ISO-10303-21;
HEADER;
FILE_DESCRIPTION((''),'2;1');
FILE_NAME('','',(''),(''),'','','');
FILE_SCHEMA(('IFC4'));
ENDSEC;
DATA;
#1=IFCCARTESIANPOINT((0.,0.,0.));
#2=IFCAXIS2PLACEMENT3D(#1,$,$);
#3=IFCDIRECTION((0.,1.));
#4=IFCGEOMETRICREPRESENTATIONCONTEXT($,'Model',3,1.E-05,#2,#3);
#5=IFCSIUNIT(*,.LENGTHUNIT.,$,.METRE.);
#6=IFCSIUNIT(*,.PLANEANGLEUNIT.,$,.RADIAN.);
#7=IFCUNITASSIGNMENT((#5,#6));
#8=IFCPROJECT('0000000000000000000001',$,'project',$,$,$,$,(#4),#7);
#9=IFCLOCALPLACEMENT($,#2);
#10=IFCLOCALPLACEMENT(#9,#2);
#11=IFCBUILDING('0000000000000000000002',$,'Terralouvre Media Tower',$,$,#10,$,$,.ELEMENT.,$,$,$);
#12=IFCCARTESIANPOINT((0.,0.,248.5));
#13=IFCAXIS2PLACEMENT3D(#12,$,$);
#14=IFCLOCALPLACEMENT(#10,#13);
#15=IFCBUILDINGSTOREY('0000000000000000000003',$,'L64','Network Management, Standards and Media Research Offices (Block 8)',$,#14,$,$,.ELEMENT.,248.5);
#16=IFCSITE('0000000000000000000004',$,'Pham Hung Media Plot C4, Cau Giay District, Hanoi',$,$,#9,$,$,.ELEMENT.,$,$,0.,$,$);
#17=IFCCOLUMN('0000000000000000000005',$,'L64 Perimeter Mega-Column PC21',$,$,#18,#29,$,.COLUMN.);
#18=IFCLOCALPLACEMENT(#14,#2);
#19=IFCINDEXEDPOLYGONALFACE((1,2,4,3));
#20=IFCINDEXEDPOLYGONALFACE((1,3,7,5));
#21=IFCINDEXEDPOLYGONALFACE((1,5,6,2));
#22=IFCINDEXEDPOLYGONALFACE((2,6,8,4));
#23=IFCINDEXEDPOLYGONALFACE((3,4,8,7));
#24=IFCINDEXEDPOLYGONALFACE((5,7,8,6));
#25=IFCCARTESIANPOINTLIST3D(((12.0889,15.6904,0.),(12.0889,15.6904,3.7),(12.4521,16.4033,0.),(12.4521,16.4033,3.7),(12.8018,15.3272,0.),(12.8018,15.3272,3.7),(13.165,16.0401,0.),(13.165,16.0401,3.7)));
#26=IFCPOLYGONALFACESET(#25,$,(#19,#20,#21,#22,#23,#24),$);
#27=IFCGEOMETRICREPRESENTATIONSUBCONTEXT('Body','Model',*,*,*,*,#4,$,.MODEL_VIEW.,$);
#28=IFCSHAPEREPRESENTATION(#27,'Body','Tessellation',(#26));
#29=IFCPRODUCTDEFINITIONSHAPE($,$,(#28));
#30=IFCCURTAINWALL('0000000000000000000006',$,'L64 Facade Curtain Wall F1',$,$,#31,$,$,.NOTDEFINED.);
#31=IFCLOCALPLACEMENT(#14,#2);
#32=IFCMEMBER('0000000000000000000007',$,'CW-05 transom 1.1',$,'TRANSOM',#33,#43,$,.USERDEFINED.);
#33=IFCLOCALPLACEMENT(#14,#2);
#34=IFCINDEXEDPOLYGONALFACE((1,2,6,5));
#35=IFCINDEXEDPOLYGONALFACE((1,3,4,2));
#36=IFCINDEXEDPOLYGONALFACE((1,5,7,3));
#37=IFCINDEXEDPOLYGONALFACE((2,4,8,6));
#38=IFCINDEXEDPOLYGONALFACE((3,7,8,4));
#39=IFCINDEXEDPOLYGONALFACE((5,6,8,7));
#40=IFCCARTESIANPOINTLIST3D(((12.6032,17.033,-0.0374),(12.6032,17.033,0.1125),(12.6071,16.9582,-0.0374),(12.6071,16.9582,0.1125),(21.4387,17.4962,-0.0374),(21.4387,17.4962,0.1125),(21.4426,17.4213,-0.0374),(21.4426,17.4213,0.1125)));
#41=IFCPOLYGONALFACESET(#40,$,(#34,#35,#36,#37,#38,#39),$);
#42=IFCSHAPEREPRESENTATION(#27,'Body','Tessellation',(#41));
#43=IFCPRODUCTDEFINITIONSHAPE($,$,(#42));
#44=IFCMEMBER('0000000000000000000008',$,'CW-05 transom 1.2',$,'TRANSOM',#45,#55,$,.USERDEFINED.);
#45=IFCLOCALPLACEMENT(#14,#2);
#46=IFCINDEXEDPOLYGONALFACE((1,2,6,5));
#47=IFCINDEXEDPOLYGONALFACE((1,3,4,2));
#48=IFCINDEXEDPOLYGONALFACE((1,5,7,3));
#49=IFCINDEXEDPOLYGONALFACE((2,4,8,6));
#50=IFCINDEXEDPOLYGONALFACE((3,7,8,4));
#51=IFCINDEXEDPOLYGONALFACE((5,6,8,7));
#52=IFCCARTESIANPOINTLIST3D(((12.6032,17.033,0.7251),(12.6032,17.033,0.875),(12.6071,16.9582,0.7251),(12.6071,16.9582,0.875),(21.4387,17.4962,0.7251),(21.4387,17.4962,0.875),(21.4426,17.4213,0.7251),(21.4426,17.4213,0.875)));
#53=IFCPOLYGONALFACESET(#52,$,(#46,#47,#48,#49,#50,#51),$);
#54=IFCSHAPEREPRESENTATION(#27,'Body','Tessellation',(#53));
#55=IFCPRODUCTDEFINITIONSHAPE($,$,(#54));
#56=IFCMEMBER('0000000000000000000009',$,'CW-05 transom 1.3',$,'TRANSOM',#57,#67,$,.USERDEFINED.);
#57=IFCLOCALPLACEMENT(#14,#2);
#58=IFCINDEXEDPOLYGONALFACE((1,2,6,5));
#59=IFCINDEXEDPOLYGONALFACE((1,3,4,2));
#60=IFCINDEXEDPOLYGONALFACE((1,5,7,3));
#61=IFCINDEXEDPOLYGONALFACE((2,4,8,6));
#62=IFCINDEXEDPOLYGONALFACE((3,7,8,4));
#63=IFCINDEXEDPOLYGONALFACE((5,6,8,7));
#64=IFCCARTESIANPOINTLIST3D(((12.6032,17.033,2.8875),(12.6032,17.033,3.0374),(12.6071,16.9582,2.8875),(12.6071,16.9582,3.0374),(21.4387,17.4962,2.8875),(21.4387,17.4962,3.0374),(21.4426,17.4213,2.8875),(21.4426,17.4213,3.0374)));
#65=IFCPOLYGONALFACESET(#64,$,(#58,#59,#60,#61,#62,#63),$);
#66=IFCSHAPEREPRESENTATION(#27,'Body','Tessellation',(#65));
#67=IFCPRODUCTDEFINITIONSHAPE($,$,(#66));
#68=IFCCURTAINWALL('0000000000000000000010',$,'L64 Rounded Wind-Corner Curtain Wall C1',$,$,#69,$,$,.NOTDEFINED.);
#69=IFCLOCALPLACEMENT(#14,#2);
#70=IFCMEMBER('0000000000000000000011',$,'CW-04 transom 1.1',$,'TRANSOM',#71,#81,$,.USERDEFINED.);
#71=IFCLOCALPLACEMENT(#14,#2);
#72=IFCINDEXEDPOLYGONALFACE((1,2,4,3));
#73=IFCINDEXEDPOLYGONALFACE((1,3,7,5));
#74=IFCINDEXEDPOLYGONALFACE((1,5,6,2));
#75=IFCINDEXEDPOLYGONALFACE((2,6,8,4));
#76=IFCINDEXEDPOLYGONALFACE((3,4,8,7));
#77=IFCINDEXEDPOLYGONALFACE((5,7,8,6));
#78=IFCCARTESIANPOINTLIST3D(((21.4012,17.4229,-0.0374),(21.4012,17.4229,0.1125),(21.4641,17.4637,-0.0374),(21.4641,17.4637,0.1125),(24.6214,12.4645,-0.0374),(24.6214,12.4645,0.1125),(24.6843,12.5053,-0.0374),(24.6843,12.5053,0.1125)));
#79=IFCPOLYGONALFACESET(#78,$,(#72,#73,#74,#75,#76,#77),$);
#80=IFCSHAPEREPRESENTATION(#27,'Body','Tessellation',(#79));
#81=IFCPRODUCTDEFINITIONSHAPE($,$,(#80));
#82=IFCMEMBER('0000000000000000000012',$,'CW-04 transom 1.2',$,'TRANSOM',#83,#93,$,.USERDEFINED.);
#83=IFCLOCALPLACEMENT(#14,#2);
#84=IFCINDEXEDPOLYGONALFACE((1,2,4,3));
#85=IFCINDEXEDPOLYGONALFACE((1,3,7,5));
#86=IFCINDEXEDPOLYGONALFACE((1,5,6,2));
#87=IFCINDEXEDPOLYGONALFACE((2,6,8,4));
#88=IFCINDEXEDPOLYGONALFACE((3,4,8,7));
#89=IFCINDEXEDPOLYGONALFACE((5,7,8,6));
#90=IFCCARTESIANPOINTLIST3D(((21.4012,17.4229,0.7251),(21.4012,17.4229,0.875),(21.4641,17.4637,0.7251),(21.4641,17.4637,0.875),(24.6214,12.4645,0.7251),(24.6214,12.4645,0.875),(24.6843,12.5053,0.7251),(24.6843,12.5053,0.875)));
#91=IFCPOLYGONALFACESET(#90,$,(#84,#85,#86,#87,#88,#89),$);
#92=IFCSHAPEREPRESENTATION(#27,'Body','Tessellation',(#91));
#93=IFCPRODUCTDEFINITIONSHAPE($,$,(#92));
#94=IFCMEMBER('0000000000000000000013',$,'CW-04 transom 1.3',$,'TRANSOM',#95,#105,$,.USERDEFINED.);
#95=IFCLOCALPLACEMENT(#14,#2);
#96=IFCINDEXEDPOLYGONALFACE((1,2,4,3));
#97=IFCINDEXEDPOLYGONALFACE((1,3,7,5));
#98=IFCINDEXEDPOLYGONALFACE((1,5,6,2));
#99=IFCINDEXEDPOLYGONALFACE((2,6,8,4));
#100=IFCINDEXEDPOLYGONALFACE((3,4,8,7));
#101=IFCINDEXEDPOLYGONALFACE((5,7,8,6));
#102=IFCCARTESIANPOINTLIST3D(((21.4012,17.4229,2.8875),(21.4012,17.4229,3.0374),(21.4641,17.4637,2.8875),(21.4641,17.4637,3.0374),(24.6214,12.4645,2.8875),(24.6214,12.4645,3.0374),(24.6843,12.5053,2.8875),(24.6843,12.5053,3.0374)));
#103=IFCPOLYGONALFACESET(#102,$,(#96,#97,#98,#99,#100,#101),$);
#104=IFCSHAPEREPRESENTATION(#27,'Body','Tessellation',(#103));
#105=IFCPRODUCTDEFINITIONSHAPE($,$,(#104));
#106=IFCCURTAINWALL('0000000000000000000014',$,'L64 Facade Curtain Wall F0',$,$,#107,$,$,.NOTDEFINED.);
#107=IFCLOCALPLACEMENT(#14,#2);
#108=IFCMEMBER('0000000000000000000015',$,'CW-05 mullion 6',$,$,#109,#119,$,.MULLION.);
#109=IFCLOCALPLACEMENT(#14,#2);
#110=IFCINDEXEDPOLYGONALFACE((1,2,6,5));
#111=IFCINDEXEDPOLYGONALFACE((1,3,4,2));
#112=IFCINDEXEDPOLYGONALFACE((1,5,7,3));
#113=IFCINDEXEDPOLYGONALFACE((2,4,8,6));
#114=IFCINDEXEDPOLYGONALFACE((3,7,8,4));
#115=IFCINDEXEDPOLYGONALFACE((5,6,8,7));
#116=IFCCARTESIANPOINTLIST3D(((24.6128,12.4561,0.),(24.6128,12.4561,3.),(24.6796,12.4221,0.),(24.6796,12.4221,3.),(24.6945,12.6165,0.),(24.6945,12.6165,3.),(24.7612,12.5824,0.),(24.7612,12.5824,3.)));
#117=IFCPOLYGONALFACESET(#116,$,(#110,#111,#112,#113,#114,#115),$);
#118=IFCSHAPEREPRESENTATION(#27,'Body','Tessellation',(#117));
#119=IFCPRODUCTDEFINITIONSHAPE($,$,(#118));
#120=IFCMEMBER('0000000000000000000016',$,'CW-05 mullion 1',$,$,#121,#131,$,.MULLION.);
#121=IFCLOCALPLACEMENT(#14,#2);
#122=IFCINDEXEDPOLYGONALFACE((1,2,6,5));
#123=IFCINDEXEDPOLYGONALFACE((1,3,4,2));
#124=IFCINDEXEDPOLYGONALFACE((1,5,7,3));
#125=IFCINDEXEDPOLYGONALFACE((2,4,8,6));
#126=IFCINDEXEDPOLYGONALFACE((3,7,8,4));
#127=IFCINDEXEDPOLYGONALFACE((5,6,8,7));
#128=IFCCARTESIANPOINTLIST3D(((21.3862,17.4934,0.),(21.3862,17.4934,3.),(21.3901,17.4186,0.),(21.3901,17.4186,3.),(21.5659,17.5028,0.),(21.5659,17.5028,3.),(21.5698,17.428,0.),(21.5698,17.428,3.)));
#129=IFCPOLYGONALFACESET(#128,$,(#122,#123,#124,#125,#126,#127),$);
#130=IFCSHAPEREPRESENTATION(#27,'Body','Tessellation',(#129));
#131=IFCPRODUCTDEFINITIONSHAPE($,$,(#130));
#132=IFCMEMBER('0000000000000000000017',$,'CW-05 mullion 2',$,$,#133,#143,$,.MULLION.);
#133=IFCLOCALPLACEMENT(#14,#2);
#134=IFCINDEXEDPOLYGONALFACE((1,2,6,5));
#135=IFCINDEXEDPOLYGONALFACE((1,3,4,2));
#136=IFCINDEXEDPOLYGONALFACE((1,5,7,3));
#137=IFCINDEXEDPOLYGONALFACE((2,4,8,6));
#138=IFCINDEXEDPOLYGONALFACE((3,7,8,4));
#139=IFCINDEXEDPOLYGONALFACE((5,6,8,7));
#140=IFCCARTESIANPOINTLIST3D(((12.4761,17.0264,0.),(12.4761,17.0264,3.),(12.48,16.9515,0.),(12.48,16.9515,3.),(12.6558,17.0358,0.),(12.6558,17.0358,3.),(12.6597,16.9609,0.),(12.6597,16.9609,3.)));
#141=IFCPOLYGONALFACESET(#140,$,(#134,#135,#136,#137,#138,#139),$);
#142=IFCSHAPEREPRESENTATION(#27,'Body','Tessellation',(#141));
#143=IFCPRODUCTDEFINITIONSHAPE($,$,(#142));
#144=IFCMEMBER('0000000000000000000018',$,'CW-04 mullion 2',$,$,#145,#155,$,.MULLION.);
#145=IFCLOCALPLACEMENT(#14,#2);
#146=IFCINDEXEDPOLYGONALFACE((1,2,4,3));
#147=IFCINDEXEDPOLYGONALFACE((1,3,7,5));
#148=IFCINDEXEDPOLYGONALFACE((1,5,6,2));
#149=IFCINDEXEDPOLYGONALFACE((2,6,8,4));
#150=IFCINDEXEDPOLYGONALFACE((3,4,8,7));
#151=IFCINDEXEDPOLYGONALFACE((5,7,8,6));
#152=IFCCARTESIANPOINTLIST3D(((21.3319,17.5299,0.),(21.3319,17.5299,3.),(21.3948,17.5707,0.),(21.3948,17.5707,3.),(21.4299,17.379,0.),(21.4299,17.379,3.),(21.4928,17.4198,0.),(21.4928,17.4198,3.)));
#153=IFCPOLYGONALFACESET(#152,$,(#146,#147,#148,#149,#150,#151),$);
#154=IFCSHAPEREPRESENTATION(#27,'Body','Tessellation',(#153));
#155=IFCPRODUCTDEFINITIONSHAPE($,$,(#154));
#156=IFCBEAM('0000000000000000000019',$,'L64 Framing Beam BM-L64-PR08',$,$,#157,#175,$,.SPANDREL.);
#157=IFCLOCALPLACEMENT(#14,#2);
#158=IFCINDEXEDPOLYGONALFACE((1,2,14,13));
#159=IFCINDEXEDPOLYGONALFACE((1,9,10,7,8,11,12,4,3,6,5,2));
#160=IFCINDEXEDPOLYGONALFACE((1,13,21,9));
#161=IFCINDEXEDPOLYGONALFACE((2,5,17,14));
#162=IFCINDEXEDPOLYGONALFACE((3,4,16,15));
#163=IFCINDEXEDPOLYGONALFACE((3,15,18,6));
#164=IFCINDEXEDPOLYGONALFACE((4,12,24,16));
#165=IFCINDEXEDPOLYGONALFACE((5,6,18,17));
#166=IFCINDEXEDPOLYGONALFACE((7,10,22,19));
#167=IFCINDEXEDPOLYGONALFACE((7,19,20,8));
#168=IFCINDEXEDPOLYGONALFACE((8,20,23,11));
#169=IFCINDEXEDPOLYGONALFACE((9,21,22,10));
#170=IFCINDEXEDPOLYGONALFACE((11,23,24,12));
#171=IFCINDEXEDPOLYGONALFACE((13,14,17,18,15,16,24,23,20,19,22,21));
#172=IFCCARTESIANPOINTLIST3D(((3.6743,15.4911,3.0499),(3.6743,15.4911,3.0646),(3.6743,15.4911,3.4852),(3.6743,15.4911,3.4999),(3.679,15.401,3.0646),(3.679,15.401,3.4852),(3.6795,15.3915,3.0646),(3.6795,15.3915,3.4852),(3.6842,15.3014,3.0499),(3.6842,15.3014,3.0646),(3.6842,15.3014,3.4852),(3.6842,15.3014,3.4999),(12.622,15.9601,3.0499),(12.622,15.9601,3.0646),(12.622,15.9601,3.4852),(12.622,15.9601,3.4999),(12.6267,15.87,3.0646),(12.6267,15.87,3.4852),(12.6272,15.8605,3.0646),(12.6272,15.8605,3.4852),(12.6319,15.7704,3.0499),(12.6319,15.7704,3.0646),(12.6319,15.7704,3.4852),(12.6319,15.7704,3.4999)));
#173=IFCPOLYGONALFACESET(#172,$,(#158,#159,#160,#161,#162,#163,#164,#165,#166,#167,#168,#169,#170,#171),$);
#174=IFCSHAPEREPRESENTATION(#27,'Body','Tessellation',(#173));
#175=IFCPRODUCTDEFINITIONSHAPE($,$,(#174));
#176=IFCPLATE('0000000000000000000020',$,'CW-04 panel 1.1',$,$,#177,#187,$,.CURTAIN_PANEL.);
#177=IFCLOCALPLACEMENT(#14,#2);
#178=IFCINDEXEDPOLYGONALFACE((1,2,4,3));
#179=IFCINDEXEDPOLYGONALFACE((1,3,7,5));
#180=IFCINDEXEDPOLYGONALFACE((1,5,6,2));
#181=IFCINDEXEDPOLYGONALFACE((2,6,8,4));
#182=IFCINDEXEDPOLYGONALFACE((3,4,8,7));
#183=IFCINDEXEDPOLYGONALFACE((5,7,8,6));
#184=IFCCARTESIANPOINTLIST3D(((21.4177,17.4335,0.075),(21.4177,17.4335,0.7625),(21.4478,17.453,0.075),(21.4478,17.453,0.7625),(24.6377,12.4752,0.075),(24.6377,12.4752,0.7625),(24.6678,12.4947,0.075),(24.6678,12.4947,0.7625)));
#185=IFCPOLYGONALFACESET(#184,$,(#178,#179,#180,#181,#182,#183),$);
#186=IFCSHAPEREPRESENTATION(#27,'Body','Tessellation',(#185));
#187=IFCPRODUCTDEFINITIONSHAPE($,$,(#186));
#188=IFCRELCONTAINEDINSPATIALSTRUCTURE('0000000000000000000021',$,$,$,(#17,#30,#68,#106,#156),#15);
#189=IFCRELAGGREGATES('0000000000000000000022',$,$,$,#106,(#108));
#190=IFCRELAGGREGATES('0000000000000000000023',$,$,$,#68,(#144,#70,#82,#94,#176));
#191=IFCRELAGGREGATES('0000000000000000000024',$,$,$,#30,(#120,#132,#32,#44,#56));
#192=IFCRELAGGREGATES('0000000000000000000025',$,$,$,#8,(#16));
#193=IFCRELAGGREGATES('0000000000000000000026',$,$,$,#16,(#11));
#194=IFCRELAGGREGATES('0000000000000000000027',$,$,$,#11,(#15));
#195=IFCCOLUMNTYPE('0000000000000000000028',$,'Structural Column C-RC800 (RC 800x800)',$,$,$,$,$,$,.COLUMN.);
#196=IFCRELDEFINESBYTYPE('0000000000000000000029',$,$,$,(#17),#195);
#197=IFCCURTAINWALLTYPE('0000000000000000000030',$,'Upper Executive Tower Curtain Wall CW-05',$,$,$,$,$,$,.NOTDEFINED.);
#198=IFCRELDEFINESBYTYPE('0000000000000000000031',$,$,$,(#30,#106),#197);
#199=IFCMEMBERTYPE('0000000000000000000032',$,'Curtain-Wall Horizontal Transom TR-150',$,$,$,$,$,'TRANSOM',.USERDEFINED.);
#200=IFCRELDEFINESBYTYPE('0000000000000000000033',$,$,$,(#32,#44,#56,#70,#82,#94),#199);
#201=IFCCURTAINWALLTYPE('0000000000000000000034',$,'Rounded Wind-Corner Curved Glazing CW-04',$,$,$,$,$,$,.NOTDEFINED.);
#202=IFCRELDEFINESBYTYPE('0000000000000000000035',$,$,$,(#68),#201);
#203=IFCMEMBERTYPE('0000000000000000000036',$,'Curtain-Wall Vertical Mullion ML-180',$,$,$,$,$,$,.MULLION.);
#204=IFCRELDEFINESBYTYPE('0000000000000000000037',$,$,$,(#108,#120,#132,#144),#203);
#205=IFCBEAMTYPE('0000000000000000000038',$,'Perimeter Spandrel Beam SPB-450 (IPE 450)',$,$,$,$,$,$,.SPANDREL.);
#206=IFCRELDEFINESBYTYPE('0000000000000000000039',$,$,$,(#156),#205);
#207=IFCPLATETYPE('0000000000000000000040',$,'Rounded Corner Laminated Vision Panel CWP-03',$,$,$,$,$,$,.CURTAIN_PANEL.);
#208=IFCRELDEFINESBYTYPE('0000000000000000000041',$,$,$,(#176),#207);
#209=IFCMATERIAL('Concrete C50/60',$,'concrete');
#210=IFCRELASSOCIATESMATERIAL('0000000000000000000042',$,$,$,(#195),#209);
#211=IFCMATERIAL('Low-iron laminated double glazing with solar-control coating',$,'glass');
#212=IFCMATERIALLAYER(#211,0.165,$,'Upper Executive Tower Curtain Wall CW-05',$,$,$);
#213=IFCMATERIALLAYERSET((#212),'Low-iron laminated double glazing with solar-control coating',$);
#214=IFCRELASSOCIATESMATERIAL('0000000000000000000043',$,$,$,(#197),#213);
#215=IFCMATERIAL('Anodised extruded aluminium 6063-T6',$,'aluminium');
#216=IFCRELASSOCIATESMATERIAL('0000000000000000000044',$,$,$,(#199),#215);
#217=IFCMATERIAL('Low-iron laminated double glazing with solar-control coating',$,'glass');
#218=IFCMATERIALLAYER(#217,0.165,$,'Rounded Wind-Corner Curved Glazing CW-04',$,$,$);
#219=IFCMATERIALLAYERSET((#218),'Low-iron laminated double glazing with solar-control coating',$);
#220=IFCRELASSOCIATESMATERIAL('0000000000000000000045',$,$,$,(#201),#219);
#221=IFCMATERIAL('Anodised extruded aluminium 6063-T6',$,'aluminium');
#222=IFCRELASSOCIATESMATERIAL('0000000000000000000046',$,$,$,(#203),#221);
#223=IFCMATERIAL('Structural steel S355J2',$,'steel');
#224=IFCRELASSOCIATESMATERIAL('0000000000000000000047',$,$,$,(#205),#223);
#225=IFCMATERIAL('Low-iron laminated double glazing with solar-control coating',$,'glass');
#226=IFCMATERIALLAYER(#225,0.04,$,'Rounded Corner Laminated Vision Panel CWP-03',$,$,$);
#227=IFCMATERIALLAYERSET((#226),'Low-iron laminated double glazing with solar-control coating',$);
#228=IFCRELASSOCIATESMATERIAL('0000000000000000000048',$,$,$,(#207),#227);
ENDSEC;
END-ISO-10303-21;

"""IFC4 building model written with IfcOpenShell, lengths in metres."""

from ifc_helpers import new_model, si_unit, direction, frame, origin, origin_2d, place, context, subcontext, project, spatial, rectangle, i_section, extrude, material, layer, layer_set, material_profile, profile_set, type_object, element, aggregate, save


model = new_model("IFC4")

# Units and contexts
model_context = context("Model", 3, precision=1e-05, world=origin(), true_north=direction((0.0, 1.0)))
body_context = subcontext(model_context, "Body", "Model", "MODEL_VIEW")
ifc_project = project(units=[si_unit("LENGTHUNIT", "METRE"), si_unit("PLANEANGLEUNIT", "RADIAN")], contexts=[model_context])

# Site, building, storey
site_placement = place(None, origin())
site = spatial("IfcSite", under=ifc_project, at=site_placement, Name="Pham Hung Media Plot C4, Cau Giay District, Hanoi", CompositionType="ELEMENT", RefElevation=0.0)
building_placement = place(site_placement, origin())
building = spatial("IfcBuilding", under=site, at=building_placement, Name="Terralouvre Media Tower", CompositionType="ELEMENT")
storey_placement = place(building_placement, frame((0.0, 0.0, 248.5)))
storey = spatial("IfcBuildingStorey", under=building, at=storey_placement, Name="L64", Description="Network Management, Standards and Media Research Offices (Block 8)", CompositionType="ELEMENT", Elevation=248.5)

# Column
ifc_material_1 = material(Name="Concrete C50/60", Category="concrete")
ifc_material_profile_1 = material_profile(ifc_material_1, rectangle(XDim=0.8, YDim=0.8, at=origin_2d()), Name="RC 800x800")
ifc_profile_set_1 = profile_set([ifc_material_profile_1], Name="Concrete C50/60")
column_type = type_object("IfcColumnType", Name="Structural Column C-RC800 (RC 800x800)", PredefinedType="COLUMN", material=ifc_profile_set_1)
column_placement = place(storey_placement, frame((12.627, 15.8652, 0.0), z_axis=(0.0, 0.0, 1.0), x_axis=(0.45399, 0.891007, 0.0)))
element("IfcColumn", 1, at=column_placement, inside=storey, type_object=column_type, Name="L64 Perimeter Mega-Column PC21", PredefinedType="COLUMN", context=body_context, shape_type="SweptSolid", body=[
    extrude(rectangle(XDim=0.8, YDim=0.8, at=origin_2d()), origin(), (0.0, 0.0, 1.0), 3.7),
])

# Curtain walls, members
ifc_material_2 = material(Name="Low-iron laminated double glazing with solar-control coating", Category="glass")
ifc_layer_1 = layer(ifc_material_2, 0.165, Name="Upper Executive Tower Curtain Wall CW-05")
ifc_layer_set_1 = layer_set([ifc_layer_1], Name="Low-iron laminated double glazing with solar-control coating")
curtain_wall_type_1 = type_object("IfcCurtainWallType", Name="Upper Executive Tower Curtain Wall CW-05", PredefinedType="NOTDEFINED", material=ifc_layer_set_1)
curtain_wall_1_placement = place(storey_placement, origin())
curtain_wall_1 = element("IfcCurtainWall", 2, at=curtain_wall_1_placement, inside=storey, type_object=curtain_wall_type_1, Name="L64 Facade Curtain Wall F1", PredefinedType="NOTDEFINED")
ifc_material_3 = material(Name="Anodised extruded aluminium 6063-T6", Category="aluminium")
ifc_material_profile_2 = material_profile(ifc_material_3, rectangle(XDim=0.075, YDim=0.1499, at=origin_2d()), Name="ALU 75x150")
ifc_profile_set_2 = profile_set([ifc_material_profile_2], Name="Anodised extruded aluminium 6063-T6")
member_type_1 = type_object("IfcMemberType", Name="Curtain-Wall Horizontal Transom TR-150", ElementType="TRANSOM", PredefinedType="USERDEFINED", material=ifc_profile_set_2)
member_1_placement = place(storey_placement, frame((21.4407, 17.4587, 0.0376), z_axis=(-0.998629, -0.052346, 0.0), x_axis=(0.052346, -0.998629, 0.0)))
member_1 = element("IfcMember", 3, at=member_1_placement, type_object=member_type_1, Name="CW-05 transom 1.1", ObjectType="TRANSOM", PredefinedType="USERDEFINED", context=body_context, shape_type="SweptSolid", body=[
    extrude(rectangle(XDim=0.075, YDim=0.1499, at=origin_2d()), origin(), (0.0, 0.0, 1.0), 8.8477),
])
member_2_placement = place(storey_placement, frame((21.4407, 17.4587, 0.8), z_axis=(-0.998629, -0.052346, 0.0), x_axis=(0.052346, -0.998629, 0.0)))
member_2 = element("IfcMember", 4, at=member_2_placement, type_object=member_type_1, Name="CW-05 transom 1.2", ObjectType="TRANSOM", PredefinedType="USERDEFINED", context=body_context, shape_type="SweptSolid", body=[
    extrude(rectangle(XDim=0.075, YDim=0.1499, at=origin_2d()), origin(), (0.0, 0.0, 1.0), 8.8477),
])
member_3_placement = place(storey_placement, frame((21.4407, 17.4587, 2.9624), z_axis=(-0.998629, -0.052346, 0.0), x_axis=(0.052346, -0.998629, 0.0)))
member_3 = element("IfcMember", 5, at=member_3_placement, type_object=member_type_1, Name="CW-05 transom 1.3", ObjectType="TRANSOM", PredefinedType="USERDEFINED", context=body_context, shape_type="SweptSolid", body=[
    extrude(rectangle(XDim=0.075, YDim=0.1499, at=origin_2d()), origin(), (0.0, 0.0, 1.0), 8.8477),
])
ifc_material_4 = material(Name="Low-iron laminated double glazing with solar-control coating", Category="glass")
ifc_layer_2 = layer(ifc_material_4, 0.165, Name="Rounded Wind-Corner Curved Glazing CW-04")
ifc_layer_set_2 = layer_set([ifc_layer_2], Name="Low-iron laminated double glazing with solar-control coating")
curtain_wall_type_2 = type_object("IfcCurtainWallType", Name="Rounded Wind-Corner Curved Glazing CW-04", PredefinedType="NOTDEFINED", material=ifc_layer_set_2)
curtain_wall_2_placement = place(storey_placement, origin())
curtain_wall_2 = element("IfcCurtainWall", 6, at=curtain_wall_2_placement, inside=storey, type_object=curtain_wall_type_2, Name="L64 Rounded Wind-Corner Curtain Wall C1", PredefinedType="NOTDEFINED")
member_4_placement = place(storey_placement, frame((24.6528, 12.4849, 0.0376), z_axis=(-0.544654, 0.838661, 0.0), x_axis=(-0.838661, -0.544654, 0.0)))
member_4 = element("IfcMember", 7, at=member_4_placement, type_object=member_type_1, Name="CW-04 transom 1.1", ObjectType="TRANSOM", PredefinedType="USERDEFINED", context=body_context, shape_type="SweptSolid", body=[
    extrude(rectangle(XDim=0.075, YDim=0.1499, at=origin_2d()), origin(), (0.0, 0.0, 1.0), 5.9124),
])
member_5_placement = place(storey_placement, frame((24.6528, 12.4849, 0.8), z_axis=(-0.544654, 0.838661, 0.0), x_axis=(-0.838661, -0.544654, 0.0)))
member_5 = element("IfcMember", 8, at=member_5_placement, type_object=member_type_1, Name="CW-04 transom 1.2", ObjectType="TRANSOM", PredefinedType="USERDEFINED", context=body_context, shape_type="SweptSolid", body=[
    extrude(rectangle(XDim=0.075, YDim=0.1499, at=origin_2d()), origin(), (0.0, 0.0, 1.0), 5.9124),
])
member_6_placement = place(storey_placement, frame((24.6528, 12.4849, 2.9624), z_axis=(-0.544654, 0.838661, 0.0), x_axis=(-0.838661, -0.544654, 0.0)))
member_6 = element("IfcMember", 9, at=member_6_placement, type_object=member_type_1, Name="CW-04 transom 1.3", ObjectType="TRANSOM", PredefinedType="USERDEFINED", context=body_context, shape_type="SweptSolid", body=[
    extrude(rectangle(XDim=0.075, YDim=0.1499, at=origin_2d()), origin(), (0.0, 0.0, 1.0), 5.9124),
])

# Curtain wall, member
curtain_wall_3_placement = place(storey_placement, origin())
curtain_wall_3 = element("IfcCurtainWall", 10, at=curtain_wall_3_placement, inside=storey, type_object=curtain_wall_type_1, Name="L64 Facade Curtain Wall F0", PredefinedType="NOTDEFINED")
ifc_material_5 = material(Name="Anodised extruded aluminium 6063-T6", Category="aluminium")
ifc_material_profile_3 = material_profile(ifc_material_5, rectangle(XDim=0.075, YDim=0.1799, at=origin_2d()), Name="ALU 75x180")
ifc_profile_set_3 = profile_set([ifc_material_profile_3], Name="Anodised extruded aluminium 6063-T6")
member_type_2 = type_object("IfcMemberType", Name="Curtain-Wall Vertical Mullion ML-180", PredefinedType="MULLION", material=ifc_profile_set_3)
member_7_placement = place(storey_placement, frame((24.687, 12.5193, 0.0), z_axis=(0.0, 0.0, 1.0), x_axis=(-0.891007, 0.45399, 0.0)))
member_7 = element("IfcMember", 11, at=member_7_placement, type_object=member_type_2, Name="CW-05 mullion 6", PredefinedType="MULLION", context=body_context, shape_type="SweptSolid", body=[
    extrude(rectangle(XDim=0.075, YDim=0.1799, at=origin_2d()), origin(), (0.0, 0.0, 1.0), 3.0),
])
aggregate(curtain_wall_3, [member_7])

# Members
member_8_placement = place(storey_placement, frame((21.478, 17.4607, 0.0), z_axis=(0.0, 0.0, 1.0), x_axis=(0.052336, -0.99863, 0.0)))
member_8 = element("IfcMember", 12, at=member_8_placement, type_object=member_type_2, Name="CW-05 mullion 1", PredefinedType="MULLION", context=body_context, shape_type="SweptSolid", body=[
    extrude(rectangle(XDim=0.075, YDim=0.1799, at=origin_2d()), origin(), (0.0, 0.0, 1.0), 3.0),
])
member_9_placement = place(storey_placement, frame((12.5679, 16.9937, 0.0), z_axis=(0.0, 0.0, 1.0), x_axis=(0.052336, -0.99863, 0.0)))
member_9 = element("IfcMember", 13, at=member_9_placement, type_object=member_type_2, Name="CW-05 mullion 2", PredefinedType="MULLION", context=body_context, shape_type="SweptSolid", body=[
    extrude(rectangle(XDim=0.075, YDim=0.1799, at=origin_2d()), origin(), (0.0, 0.0, 1.0), 3.0),
])
member_10_placement = place(storey_placement, frame((21.4124, 17.4749, 0.0), z_axis=(0.0, 0.0, 1.0), x_axis=(-0.83867, -0.544639, 0.0)))
member_10 = element("IfcMember", 14, at=member_10_placement, type_object=member_type_2, Name="CW-04 mullion 2", PredefinedType="MULLION", context=body_context, shape_type="SweptSolid", body=[
    extrude(rectangle(XDim=0.075, YDim=0.1799, at=origin_2d()), origin(), (0.0, 0.0, 1.0), 3.0),
])

# Beam
ifc_material_6 = material(Name="Structural steel S355J2", Category="steel")
ifc_material_profile_4 = material_profile(ifc_material_6, i_section(OverallWidth=0.1899, OverallDepth=0.45, WebThickness=0.0095, FlangeThickness=0.0146, at=origin_2d()), Name="IPE 450")
ifc_profile_set_4 = profile_set([ifc_material_profile_4], Name="Structural steel S355J2")
beam_type = type_object("IfcBeamType", Name="Perimeter Spandrel Beam SPB-450 (IPE 450)", PredefinedType="SPANDREL", material=ifc_profile_set_4)
beam_placement = place(storey_placement, frame((12.627, 15.8652, 3.2749), z_axis=(-0.998629, -0.052343, 0.0), x_axis=(0.052343, -0.998629, 0.0)))
element("IfcBeam", 15, at=beam_placement, inside=storey, type_object=beam_type, Name="L64 Framing Beam BM-L64-PR08", PredefinedType="SPANDREL", context=body_context, shape_type="SweptSolid", body=[
    extrude(i_section(OverallWidth=0.1899, OverallDepth=0.45, WebThickness=0.0095, FlangeThickness=0.0146, at=origin_2d()), origin(), (0.0, 0.0, 1.0), 8.96),
])

# Plate
ifc_material_7 = material(Name="Low-iron laminated double glazing with solar-control coating", Category="glass")
ifc_layer_3 = layer(ifc_material_7, 0.04, Name="Rounded Corner Laminated Vision Panel CWP-03")
ifc_layer_set_3 = layer_set([ifc_layer_3], Name="Low-iron laminated double glazing with solar-control coating")
plate_type_1 = type_object("IfcPlateType", Name="Rounded Corner Laminated Vision Panel CWP-03", PredefinedType="CURTAIN_PANEL", material=ifc_layer_set_3)
plate_1_placement = place(storey_placement, frame((23.0427, 14.9641, 0.075), z_axis=(0.0, 0.0, 1.0), x_axis=(-0.544639, 0.83867, 0.0)))
plate_1 = element("IfcPlate", 16, at=plate_1_placement, type_object=plate_type_1, Name="CW-04 panel 1.1", PredefinedType="CURTAIN_PANEL", context=body_context, shape_type="SweptSolid", body=[
    extrude(rectangle(XDim=5.9121, YDim=0.0359, at=origin_2d()), origin(), (0.0, 0.0, 1.0), 0.6875),
])
aggregate(curtain_wall_2, [member_10, member_4, member_5, member_6, plate_1])
aggregate(curtain_wall_1, [member_8, member_9, member_1, member_2, member_3])

save(model, "model.ifc")
